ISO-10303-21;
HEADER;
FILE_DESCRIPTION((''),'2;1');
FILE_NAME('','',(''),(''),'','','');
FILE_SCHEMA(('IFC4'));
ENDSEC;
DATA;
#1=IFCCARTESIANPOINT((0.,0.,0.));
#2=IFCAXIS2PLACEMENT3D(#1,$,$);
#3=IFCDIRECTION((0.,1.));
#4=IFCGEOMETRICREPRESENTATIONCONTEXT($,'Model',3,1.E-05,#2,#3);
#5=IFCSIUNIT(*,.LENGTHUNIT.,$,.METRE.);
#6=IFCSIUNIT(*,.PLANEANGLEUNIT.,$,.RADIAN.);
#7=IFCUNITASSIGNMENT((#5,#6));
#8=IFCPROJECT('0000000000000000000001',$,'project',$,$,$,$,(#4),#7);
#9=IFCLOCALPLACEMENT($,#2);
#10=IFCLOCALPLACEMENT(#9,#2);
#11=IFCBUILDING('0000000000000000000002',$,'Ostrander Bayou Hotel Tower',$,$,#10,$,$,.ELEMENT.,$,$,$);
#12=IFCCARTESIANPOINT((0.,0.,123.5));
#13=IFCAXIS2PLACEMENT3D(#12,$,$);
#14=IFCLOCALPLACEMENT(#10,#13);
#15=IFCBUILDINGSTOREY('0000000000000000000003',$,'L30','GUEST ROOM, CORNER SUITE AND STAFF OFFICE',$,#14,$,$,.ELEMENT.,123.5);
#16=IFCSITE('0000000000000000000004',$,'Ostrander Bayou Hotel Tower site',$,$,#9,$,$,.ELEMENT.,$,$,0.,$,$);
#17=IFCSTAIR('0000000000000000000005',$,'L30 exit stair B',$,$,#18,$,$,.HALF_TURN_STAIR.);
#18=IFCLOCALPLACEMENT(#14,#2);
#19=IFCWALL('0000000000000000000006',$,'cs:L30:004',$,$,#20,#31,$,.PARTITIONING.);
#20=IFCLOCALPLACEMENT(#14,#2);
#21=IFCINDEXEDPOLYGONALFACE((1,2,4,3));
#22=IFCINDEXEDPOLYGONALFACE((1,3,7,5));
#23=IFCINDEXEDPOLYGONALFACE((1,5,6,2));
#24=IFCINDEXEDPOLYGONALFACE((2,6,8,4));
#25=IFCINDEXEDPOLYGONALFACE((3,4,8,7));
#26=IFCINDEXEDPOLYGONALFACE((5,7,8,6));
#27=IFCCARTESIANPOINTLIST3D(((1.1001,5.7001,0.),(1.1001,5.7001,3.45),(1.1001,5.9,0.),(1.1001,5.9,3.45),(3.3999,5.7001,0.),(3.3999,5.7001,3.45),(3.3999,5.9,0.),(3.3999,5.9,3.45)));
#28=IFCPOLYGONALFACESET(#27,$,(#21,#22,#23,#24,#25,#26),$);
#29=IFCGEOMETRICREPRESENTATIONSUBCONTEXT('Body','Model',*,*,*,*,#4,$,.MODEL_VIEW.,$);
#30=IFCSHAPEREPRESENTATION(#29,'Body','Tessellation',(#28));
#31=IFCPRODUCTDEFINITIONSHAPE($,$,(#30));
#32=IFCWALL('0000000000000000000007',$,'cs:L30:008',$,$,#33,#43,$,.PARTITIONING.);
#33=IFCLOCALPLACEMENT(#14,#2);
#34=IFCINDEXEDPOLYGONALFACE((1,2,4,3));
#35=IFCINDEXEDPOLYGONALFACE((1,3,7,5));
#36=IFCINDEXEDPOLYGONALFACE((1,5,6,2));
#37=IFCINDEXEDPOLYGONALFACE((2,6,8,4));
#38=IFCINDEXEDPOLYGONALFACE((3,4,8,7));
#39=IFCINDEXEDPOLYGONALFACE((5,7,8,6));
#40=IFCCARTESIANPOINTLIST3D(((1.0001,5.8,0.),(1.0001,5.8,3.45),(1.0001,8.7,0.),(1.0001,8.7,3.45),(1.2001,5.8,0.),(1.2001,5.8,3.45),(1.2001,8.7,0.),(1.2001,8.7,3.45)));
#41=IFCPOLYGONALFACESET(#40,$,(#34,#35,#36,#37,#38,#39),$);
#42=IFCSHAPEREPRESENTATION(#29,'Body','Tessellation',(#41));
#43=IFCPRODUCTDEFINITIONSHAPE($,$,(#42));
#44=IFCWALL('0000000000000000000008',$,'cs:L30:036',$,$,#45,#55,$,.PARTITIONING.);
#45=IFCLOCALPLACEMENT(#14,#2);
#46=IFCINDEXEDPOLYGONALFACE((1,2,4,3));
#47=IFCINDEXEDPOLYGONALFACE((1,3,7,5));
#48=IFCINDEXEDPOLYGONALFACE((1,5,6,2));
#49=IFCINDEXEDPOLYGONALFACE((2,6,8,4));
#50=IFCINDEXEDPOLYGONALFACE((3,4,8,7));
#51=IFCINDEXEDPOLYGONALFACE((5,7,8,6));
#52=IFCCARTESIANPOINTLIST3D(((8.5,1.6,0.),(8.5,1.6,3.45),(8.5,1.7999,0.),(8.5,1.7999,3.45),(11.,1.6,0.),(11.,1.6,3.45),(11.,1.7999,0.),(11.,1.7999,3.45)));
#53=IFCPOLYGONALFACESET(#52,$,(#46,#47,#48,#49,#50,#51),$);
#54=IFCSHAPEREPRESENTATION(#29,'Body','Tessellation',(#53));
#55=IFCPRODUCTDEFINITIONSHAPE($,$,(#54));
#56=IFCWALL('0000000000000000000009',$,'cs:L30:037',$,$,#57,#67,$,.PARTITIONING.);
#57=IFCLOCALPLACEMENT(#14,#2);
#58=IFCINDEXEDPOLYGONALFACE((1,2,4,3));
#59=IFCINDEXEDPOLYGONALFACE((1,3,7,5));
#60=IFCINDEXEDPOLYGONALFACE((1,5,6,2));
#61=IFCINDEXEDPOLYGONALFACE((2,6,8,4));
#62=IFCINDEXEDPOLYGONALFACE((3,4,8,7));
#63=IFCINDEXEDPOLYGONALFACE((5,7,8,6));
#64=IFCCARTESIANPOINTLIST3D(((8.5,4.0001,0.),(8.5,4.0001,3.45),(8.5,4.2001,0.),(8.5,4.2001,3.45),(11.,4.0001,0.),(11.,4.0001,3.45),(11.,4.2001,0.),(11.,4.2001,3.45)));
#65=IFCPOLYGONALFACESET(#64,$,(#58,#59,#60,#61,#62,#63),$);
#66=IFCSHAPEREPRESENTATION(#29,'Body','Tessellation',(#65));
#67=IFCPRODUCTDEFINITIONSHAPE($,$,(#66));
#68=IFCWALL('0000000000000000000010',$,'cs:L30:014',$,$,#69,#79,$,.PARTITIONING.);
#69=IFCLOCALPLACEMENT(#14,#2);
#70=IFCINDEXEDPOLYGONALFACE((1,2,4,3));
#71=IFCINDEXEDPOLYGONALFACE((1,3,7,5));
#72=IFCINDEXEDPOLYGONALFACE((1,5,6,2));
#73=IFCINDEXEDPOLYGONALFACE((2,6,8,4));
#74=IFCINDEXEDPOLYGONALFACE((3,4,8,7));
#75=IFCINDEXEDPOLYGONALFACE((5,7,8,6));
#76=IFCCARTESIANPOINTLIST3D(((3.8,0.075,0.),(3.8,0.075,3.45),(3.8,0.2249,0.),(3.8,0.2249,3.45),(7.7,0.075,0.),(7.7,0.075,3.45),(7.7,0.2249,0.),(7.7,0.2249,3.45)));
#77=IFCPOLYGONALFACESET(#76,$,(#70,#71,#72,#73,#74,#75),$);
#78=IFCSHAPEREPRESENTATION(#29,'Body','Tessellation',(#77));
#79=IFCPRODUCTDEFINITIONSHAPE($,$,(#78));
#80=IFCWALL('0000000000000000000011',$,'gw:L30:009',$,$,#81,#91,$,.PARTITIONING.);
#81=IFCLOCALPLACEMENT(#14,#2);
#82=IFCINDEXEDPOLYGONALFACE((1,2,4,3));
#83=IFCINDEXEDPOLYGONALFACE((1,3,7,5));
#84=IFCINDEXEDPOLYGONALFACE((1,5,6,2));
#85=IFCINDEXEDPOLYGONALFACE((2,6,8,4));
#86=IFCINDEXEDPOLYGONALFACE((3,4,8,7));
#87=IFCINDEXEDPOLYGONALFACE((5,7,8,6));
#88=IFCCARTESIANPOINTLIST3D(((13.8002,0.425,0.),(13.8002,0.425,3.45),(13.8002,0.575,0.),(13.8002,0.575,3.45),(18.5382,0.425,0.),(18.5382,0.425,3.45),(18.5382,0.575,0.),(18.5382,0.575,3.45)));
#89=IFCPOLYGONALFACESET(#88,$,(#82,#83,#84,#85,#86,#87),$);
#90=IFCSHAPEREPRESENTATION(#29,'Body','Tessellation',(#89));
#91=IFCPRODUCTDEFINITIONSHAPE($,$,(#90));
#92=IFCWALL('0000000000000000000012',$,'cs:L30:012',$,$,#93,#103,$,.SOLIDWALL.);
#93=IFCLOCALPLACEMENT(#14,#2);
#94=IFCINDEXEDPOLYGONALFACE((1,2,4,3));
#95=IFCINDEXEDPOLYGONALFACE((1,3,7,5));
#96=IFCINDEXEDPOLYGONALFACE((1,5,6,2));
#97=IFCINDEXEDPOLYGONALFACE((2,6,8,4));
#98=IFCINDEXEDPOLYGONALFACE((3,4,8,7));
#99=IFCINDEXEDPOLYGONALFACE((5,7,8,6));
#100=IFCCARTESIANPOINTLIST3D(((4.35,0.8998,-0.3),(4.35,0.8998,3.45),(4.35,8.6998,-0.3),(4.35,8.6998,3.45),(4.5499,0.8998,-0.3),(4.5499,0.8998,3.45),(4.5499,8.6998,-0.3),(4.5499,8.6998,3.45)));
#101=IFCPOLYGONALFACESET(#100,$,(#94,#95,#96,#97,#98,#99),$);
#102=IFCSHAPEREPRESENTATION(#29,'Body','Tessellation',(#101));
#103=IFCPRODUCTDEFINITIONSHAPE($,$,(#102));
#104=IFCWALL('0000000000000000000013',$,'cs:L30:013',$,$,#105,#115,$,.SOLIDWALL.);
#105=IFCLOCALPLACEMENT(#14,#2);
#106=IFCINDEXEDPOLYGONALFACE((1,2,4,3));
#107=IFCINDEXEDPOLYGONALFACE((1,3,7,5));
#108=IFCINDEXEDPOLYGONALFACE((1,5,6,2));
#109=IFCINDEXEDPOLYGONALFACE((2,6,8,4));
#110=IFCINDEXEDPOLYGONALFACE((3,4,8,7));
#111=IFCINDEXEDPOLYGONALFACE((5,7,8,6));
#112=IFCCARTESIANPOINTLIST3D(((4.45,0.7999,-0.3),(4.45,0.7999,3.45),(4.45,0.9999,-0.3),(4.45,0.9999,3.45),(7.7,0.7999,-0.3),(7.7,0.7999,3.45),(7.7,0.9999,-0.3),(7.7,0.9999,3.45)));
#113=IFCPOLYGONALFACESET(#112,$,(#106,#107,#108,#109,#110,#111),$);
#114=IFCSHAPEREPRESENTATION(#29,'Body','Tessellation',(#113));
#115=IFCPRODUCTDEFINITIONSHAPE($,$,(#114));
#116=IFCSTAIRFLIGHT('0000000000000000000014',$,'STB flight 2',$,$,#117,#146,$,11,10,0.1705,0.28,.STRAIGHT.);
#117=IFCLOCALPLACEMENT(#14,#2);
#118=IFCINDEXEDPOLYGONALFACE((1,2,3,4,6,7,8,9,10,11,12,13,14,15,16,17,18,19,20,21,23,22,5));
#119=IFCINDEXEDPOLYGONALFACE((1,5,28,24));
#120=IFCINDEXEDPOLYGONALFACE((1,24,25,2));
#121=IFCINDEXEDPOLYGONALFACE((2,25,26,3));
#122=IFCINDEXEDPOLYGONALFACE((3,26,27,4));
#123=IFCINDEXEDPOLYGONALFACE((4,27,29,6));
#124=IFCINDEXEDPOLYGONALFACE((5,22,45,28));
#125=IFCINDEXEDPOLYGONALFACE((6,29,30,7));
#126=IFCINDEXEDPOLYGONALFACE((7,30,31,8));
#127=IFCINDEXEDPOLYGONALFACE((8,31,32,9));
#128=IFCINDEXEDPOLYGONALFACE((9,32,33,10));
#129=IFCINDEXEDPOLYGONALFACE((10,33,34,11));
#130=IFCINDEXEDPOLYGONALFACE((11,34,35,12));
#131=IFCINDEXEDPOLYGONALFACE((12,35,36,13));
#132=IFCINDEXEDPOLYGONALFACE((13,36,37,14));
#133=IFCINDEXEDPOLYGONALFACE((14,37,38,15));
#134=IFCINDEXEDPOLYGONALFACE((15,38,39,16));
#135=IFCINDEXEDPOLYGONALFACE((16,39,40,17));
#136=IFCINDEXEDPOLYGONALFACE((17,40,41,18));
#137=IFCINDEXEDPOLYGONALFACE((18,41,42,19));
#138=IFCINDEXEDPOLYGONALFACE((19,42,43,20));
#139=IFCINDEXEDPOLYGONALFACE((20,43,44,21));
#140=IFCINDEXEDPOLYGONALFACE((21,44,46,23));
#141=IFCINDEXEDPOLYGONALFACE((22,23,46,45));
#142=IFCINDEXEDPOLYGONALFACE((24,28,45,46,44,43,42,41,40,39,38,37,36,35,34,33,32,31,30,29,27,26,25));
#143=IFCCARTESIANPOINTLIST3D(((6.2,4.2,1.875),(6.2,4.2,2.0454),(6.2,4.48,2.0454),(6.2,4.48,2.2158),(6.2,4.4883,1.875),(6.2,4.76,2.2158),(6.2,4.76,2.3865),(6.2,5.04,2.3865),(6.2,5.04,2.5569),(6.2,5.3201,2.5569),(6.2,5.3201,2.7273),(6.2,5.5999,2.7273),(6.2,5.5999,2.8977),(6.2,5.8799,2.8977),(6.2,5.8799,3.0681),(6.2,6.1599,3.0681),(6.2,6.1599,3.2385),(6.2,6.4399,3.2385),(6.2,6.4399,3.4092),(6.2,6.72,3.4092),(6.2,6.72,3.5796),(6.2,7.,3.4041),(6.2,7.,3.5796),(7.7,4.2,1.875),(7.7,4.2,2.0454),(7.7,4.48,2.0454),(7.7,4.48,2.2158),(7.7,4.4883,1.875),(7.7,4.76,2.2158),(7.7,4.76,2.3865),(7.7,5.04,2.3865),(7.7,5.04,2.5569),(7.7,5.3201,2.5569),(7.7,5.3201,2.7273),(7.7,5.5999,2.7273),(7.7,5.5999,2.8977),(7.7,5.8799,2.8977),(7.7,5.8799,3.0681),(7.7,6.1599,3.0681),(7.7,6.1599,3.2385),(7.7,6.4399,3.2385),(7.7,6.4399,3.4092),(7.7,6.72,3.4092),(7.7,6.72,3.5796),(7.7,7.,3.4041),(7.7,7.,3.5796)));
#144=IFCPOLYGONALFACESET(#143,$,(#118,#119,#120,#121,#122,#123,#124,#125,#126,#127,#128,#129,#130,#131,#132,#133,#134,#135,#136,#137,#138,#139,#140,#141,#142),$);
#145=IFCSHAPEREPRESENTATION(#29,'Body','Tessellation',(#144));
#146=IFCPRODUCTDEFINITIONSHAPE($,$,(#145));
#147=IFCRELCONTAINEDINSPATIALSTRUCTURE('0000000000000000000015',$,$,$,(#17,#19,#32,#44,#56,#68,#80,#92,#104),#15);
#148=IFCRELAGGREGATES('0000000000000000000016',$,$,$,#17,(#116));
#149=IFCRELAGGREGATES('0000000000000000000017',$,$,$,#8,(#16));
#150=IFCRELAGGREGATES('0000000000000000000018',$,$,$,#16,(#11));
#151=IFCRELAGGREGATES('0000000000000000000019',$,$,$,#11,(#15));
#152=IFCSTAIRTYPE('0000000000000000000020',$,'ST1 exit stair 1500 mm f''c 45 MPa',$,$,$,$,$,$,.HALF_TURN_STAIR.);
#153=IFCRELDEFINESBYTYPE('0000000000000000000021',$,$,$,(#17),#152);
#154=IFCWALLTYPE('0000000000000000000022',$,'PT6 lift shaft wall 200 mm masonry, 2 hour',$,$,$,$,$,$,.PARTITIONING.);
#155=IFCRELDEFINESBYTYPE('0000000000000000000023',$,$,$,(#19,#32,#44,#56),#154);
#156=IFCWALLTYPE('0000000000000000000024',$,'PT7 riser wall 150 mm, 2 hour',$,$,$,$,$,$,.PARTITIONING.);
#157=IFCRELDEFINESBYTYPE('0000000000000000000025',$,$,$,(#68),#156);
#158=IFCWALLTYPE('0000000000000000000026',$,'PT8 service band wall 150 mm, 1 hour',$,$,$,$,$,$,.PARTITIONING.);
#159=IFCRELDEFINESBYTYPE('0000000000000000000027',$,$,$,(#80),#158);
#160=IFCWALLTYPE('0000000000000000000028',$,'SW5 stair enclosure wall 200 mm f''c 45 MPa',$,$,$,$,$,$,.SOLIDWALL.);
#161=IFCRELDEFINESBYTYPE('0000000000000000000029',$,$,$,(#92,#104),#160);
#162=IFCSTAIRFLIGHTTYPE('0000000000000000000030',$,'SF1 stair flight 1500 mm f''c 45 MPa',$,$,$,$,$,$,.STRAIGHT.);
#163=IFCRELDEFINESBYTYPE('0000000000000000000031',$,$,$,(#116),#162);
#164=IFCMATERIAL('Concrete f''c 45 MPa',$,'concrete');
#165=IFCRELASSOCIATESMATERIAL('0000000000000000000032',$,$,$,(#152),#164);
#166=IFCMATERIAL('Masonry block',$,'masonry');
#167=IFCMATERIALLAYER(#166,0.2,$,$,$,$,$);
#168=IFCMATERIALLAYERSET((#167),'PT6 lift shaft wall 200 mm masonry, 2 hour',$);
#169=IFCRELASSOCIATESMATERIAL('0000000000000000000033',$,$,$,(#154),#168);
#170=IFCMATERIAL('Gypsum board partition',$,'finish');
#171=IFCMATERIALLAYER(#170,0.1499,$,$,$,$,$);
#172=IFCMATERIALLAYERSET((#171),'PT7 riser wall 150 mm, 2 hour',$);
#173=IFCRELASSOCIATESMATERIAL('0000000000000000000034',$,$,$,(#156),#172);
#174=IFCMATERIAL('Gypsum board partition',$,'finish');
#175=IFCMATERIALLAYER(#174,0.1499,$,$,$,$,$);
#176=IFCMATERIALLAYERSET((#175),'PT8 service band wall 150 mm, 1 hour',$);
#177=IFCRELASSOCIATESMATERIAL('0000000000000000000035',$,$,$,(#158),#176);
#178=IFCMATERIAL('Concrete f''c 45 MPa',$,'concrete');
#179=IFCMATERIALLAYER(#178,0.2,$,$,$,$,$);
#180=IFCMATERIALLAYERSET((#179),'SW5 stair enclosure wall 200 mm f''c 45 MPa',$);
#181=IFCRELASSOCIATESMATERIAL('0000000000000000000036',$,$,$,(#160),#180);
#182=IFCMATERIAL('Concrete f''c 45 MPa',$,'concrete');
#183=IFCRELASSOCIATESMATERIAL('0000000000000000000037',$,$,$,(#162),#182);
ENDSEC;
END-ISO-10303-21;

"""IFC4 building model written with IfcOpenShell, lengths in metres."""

from ifc_helpers import new_model, si_unit, direction, frame, frame_2d, origin, place, context, subcontext, project, spatial, polyline, rectangle, outline, extrude, material, layer, layer_set, type_object, element, aggregate, save


model = new_model("IFC4")

# Units and contexts
model_context = context("Model", 3, precision=1e-05, world=origin(), true_north=direction((0.0, 1.0)))
body_context = subcontext(model_context, "Body", "Model", "MODEL_VIEW")
ifc_project = project(units=[si_unit("LENGTHUNIT", "METRE"), si_unit("PLANEANGLEUNIT", "RADIAN")], contexts=[model_context])

# Site, building, storey
site_placement = place(None, origin())
site = spatial("IfcSite", under=ifc_project, at=site_placement, Name="Ostrander Bayou Hotel Tower site", CompositionType="ELEMENT", RefElevation=0.0)
building_placement = place(site_placement, origin())
building = spatial("IfcBuilding", under=site, at=building_placement, Name="Ostrander Bayou Hotel Tower", CompositionType="ELEMENT")
storey_placement = place(building_placement, frame((0.0, 0.0, 123.5)))
storey = spatial("IfcBuildingStorey", under=building, at=storey_placement, Name="L30", Description="GUEST ROOM, CORNER SUITE AND STAFF OFFICE", CompositionType="ELEMENT", Elevation=123.5)

# Stair
ifc_material_1 = material(Name="Concrete f'c 45 MPa", Category="concrete")
stair_type = type_object("IfcStairType", Name="ST1 exit stair 1500 mm f'c 45 MPa", PredefinedType="HALF_TURN_STAIR", material=ifc_material_1)
stair_1_placement = place(storey_placement, origin())
stair_1 = element("IfcStair", 1, at=stair_1_placement, inside=storey, type_object=stair_type, Name="L30 exit stair B", PredefinedType="HALF_TURN_STAIR")

# Walls
ifc_material_2 = material(Name="Masonry block", Category="masonry")
ifc_layer_1 = layer(ifc_material_2, 0.2)
ifc_layer_set_1 = layer_set([ifc_layer_1], Name="PT6 lift shaft wall 200 mm masonry, 2 hour")
wall_type_1 = type_object("IfcWallType", Name="PT6 lift shaft wall 200 mm masonry, 2 hour", PredefinedType="PARTITIONING", material=ifc_layer_set_1)
for number, where, z_axis, x_axis, name in (
    (2, (1.1001, 5.8, 0.0), (0.0, 0.0, 1.0), (1.0, 0.0, 0.0), "cs:L30:004"),
):
    element("IfcWall", number, at=place(storey_placement, frame(where, z_axis=z_axis, x_axis=x_axis)), inside=storey, type_object=wall_type_1, Name=name, PredefinedType="PARTITIONING", context=body_context, shape_type="SweptSolid", body=[
        extrude(rectangle(XDim=2.2998, YDim=0.2, at=frame_2d((1.1499, 0.0))), origin(), (0.0, 0.0, 1.0), 3.45),
    ])
wall_1_placement = place(storey_placement, frame((1.1001, 5.8, 0.0), z_axis=(0.0, 0.0, 1.0), x_axis=(0.0, 1.0, 0.0)))
element("IfcWall", 3, at=wall_1_placement, inside=storey, type_object=wall_type_1, Name="cs:L30:008", PredefinedType="PARTITIONING", context=body_context, shape_type="SweptSolid", body=[
    extrude(rectangle(XDim=2.8999, YDim=0.2, at=frame_2d((1.45, 0.0))), origin(), (0.0, 0.0, 1.0), 3.45),
])
for number, where, z_axis, x_axis, name in (
    (4, (8.5, 1.7, 0.0), (0.0, 0.0, 1.0), (1.0, 0.0, 0.0), "cs:L30:036"),
    (5, (8.5, 4.1001, 0.0), (0.0, 0.0, 1.0), (1.0, 0.0, 0.0), "cs:L30:037"),
):
    element("IfcWall", number, at=place(storey_placement, frame(where, z_axis=z_axis, x_axis=x_axis)), inside=storey, type_object=wall_type_1, Name=name, PredefinedType="PARTITIONING", context=body_context, shape_type="SweptSolid", body=[
        extrude(rectangle(XDim=2.5, YDim=0.2, at=frame_2d((1.25, 0.0))), origin(), (0.0, 0.0, 1.0), 3.45),
    ])
ifc_material_3 = material(Name="Gypsum board partition", Category="finish")
ifc_layer_2 = layer(ifc_material_3, 0.1499)
ifc_layer_set_2 = layer_set([ifc_layer_2], Name="PT7 riser wall 150 mm, 2 hour")
wall_type_2 = type_object("IfcWallType", Name="PT7 riser wall 150 mm, 2 hour", PredefinedType="PARTITIONING", material=ifc_layer_set_2)
wall_2_placement = place(storey_placement, frame((3.8, 0.1499, 0.0), z_axis=(0.0, 0.0, 1.0), x_axis=(1.0, 0.0, 0.0)))
element("IfcWall", 6, at=wall_2_placement, inside=storey, type_object=wall_type_2, Name="cs:L30:014", PredefinedType="PARTITIONING", context=body_context, shape_type="SweptSolid", body=[
    extrude(rectangle(XDim=3.8999, YDim=0.1499, at=frame_2d((1.95, 0.0))), origin(), (0.0, 0.0, 1.0), 3.45),
])
ifc_material_4 = material(Name="Gypsum board partition", Category="finish")
ifc_layer_3 = layer(ifc_material_4, 0.1499)
ifc_layer_set_3 = layer_set([ifc_layer_3], Name="PT8 service band wall 150 mm, 1 hour")
wall_type_3 = type_object("IfcWallType", Name="PT8 service band wall 150 mm, 1 hour", PredefinedType="PARTITIONING", material=ifc_layer_set_3)
wall_3_placement = place(storey_placement, frame((13.8, 0.5, 0.0), z_axis=(0.0, 0.0, 1.0), x_axis=(1.0, 0.0, 0.0)))
element("IfcWall", 7, at=wall_3_placement, inside=storey, type_object=wall_type_3, Name="gw:L30:009", PredefinedType="PARTITIONING", context=body_context, shape_type="SweptSolid", body=[
    extrude(rectangle(XDim=4.738, YDim=0.1499, at=frame_2d((2.3691, 0.0))), origin(), (0.0, 0.0, 1.0), 3.45),
])
ifc_material_5 = material(Name="Concrete f'c 45 MPa", Category="concrete")
ifc_layer_4 = layer(ifc_material_5, 0.2)
ifc_layer_set_4 = layer_set([ifc_layer_4], Name="SW5 stair enclosure wall 200 mm f'c 45 MPa")
wall_type_4 = type_object("IfcWallType", Name="SW5 stair enclosure wall 200 mm f'c 45 MPa", PredefinedType="SOLIDWALL", material=ifc_layer_set_4)
wall_4_placement = place(storey_placement, frame((4.45, 0.8999, -0.3), z_axis=(0.0, 0.0, 1.0), x_axis=(0.0, 1.0, 0.0)))
element("IfcWall", 8, at=wall_4_placement, inside=storey, type_object=wall_type_4, Name="cs:L30:012", PredefinedType="SOLIDWALL", context=body_context, shape_type="SweptSolid", body=[
    extrude(rectangle(XDim=7.8, YDim=0.2, at=frame_2d((3.8999, 0.0))), origin(), (0.0, 0.0, 1.0), 3.75),
])
wall_5_placement = place(storey_placement, frame((4.45, 0.8999, -0.3), z_axis=(0.0, 0.0, 1.0), x_axis=(1.0, 0.0, 0.0)))
element("IfcWall", 9, at=wall_5_placement, inside=storey, type_object=wall_type_4, Name="cs:L30:013", PredefinedType="SOLIDWALL", context=body_context, shape_type="SweptSolid", body=[
    extrude(rectangle(XDim=3.25, YDim=0.2, at=frame_2d((1.625, 0.0))), origin(), (0.0, 0.0, 1.0), 3.75),
])

# Stair flight
ifc_material_6 = material(Name="Concrete f'c 45 MPa", Category="concrete")
stair_flight_type = type_object("IfcStairFlightType", Name="SF1 stair flight 1500 mm f'c 45 MPa", PredefinedType="STRAIGHT", material=ifc_material_6)
stair_flight_placement = place(storey_placement, frame((6.95, 4.2, 1.875), z_axis=(0.0, 0.0, 1.0), x_axis=(0.0, 1.0, 0.0)))
stair_flight = element("IfcStairFlight", 10, at=stair_flight_placement, type_object=stair_flight_type, Name="STB flight 2", NumberOfRisers=11, NumberOfTreads=10, PredefinedType="STRAIGHT", RiserHeight=0.1705, TreadLength=0.28, context=body_context, shape_type="SweptSolid", body=[
    extrude(outline(polyline([(0.0, 0.0), (0.0, 0.1704), (0.28, 0.1704), (0.28, 0.3408), (0.5601, 0.3408), (0.5601, 0.5115), (0.8401, 0.5115), (0.8401, 0.6819), (1.1201, 0.6819), (1.1201, 0.8523), (1.3999, 0.8523), (1.3999, 1.0227), (1.6799, 1.0227), (1.6799, 1.1931), (1.96, 1.1931), (1.96, 1.3635), (2.24, 1.3635), (2.24, 1.5342), (2.52, 1.5342), (2.52, 1.7046), (2.8, 1.7046), (2.8, 1.875), (2.8, 1.5291), (0.2883, 0.0), (0.0, 0.0)])), frame((0.0, 0.75, 0.0), z_axis=(0.0, -1.0, 0.0), x_axis=(1.0, 0.0, 0.0)), (0.0, 0.0, 1.0), 1.5),
])
aggregate(stair_1, [stair_flight])

save(model, "model.ifc")
